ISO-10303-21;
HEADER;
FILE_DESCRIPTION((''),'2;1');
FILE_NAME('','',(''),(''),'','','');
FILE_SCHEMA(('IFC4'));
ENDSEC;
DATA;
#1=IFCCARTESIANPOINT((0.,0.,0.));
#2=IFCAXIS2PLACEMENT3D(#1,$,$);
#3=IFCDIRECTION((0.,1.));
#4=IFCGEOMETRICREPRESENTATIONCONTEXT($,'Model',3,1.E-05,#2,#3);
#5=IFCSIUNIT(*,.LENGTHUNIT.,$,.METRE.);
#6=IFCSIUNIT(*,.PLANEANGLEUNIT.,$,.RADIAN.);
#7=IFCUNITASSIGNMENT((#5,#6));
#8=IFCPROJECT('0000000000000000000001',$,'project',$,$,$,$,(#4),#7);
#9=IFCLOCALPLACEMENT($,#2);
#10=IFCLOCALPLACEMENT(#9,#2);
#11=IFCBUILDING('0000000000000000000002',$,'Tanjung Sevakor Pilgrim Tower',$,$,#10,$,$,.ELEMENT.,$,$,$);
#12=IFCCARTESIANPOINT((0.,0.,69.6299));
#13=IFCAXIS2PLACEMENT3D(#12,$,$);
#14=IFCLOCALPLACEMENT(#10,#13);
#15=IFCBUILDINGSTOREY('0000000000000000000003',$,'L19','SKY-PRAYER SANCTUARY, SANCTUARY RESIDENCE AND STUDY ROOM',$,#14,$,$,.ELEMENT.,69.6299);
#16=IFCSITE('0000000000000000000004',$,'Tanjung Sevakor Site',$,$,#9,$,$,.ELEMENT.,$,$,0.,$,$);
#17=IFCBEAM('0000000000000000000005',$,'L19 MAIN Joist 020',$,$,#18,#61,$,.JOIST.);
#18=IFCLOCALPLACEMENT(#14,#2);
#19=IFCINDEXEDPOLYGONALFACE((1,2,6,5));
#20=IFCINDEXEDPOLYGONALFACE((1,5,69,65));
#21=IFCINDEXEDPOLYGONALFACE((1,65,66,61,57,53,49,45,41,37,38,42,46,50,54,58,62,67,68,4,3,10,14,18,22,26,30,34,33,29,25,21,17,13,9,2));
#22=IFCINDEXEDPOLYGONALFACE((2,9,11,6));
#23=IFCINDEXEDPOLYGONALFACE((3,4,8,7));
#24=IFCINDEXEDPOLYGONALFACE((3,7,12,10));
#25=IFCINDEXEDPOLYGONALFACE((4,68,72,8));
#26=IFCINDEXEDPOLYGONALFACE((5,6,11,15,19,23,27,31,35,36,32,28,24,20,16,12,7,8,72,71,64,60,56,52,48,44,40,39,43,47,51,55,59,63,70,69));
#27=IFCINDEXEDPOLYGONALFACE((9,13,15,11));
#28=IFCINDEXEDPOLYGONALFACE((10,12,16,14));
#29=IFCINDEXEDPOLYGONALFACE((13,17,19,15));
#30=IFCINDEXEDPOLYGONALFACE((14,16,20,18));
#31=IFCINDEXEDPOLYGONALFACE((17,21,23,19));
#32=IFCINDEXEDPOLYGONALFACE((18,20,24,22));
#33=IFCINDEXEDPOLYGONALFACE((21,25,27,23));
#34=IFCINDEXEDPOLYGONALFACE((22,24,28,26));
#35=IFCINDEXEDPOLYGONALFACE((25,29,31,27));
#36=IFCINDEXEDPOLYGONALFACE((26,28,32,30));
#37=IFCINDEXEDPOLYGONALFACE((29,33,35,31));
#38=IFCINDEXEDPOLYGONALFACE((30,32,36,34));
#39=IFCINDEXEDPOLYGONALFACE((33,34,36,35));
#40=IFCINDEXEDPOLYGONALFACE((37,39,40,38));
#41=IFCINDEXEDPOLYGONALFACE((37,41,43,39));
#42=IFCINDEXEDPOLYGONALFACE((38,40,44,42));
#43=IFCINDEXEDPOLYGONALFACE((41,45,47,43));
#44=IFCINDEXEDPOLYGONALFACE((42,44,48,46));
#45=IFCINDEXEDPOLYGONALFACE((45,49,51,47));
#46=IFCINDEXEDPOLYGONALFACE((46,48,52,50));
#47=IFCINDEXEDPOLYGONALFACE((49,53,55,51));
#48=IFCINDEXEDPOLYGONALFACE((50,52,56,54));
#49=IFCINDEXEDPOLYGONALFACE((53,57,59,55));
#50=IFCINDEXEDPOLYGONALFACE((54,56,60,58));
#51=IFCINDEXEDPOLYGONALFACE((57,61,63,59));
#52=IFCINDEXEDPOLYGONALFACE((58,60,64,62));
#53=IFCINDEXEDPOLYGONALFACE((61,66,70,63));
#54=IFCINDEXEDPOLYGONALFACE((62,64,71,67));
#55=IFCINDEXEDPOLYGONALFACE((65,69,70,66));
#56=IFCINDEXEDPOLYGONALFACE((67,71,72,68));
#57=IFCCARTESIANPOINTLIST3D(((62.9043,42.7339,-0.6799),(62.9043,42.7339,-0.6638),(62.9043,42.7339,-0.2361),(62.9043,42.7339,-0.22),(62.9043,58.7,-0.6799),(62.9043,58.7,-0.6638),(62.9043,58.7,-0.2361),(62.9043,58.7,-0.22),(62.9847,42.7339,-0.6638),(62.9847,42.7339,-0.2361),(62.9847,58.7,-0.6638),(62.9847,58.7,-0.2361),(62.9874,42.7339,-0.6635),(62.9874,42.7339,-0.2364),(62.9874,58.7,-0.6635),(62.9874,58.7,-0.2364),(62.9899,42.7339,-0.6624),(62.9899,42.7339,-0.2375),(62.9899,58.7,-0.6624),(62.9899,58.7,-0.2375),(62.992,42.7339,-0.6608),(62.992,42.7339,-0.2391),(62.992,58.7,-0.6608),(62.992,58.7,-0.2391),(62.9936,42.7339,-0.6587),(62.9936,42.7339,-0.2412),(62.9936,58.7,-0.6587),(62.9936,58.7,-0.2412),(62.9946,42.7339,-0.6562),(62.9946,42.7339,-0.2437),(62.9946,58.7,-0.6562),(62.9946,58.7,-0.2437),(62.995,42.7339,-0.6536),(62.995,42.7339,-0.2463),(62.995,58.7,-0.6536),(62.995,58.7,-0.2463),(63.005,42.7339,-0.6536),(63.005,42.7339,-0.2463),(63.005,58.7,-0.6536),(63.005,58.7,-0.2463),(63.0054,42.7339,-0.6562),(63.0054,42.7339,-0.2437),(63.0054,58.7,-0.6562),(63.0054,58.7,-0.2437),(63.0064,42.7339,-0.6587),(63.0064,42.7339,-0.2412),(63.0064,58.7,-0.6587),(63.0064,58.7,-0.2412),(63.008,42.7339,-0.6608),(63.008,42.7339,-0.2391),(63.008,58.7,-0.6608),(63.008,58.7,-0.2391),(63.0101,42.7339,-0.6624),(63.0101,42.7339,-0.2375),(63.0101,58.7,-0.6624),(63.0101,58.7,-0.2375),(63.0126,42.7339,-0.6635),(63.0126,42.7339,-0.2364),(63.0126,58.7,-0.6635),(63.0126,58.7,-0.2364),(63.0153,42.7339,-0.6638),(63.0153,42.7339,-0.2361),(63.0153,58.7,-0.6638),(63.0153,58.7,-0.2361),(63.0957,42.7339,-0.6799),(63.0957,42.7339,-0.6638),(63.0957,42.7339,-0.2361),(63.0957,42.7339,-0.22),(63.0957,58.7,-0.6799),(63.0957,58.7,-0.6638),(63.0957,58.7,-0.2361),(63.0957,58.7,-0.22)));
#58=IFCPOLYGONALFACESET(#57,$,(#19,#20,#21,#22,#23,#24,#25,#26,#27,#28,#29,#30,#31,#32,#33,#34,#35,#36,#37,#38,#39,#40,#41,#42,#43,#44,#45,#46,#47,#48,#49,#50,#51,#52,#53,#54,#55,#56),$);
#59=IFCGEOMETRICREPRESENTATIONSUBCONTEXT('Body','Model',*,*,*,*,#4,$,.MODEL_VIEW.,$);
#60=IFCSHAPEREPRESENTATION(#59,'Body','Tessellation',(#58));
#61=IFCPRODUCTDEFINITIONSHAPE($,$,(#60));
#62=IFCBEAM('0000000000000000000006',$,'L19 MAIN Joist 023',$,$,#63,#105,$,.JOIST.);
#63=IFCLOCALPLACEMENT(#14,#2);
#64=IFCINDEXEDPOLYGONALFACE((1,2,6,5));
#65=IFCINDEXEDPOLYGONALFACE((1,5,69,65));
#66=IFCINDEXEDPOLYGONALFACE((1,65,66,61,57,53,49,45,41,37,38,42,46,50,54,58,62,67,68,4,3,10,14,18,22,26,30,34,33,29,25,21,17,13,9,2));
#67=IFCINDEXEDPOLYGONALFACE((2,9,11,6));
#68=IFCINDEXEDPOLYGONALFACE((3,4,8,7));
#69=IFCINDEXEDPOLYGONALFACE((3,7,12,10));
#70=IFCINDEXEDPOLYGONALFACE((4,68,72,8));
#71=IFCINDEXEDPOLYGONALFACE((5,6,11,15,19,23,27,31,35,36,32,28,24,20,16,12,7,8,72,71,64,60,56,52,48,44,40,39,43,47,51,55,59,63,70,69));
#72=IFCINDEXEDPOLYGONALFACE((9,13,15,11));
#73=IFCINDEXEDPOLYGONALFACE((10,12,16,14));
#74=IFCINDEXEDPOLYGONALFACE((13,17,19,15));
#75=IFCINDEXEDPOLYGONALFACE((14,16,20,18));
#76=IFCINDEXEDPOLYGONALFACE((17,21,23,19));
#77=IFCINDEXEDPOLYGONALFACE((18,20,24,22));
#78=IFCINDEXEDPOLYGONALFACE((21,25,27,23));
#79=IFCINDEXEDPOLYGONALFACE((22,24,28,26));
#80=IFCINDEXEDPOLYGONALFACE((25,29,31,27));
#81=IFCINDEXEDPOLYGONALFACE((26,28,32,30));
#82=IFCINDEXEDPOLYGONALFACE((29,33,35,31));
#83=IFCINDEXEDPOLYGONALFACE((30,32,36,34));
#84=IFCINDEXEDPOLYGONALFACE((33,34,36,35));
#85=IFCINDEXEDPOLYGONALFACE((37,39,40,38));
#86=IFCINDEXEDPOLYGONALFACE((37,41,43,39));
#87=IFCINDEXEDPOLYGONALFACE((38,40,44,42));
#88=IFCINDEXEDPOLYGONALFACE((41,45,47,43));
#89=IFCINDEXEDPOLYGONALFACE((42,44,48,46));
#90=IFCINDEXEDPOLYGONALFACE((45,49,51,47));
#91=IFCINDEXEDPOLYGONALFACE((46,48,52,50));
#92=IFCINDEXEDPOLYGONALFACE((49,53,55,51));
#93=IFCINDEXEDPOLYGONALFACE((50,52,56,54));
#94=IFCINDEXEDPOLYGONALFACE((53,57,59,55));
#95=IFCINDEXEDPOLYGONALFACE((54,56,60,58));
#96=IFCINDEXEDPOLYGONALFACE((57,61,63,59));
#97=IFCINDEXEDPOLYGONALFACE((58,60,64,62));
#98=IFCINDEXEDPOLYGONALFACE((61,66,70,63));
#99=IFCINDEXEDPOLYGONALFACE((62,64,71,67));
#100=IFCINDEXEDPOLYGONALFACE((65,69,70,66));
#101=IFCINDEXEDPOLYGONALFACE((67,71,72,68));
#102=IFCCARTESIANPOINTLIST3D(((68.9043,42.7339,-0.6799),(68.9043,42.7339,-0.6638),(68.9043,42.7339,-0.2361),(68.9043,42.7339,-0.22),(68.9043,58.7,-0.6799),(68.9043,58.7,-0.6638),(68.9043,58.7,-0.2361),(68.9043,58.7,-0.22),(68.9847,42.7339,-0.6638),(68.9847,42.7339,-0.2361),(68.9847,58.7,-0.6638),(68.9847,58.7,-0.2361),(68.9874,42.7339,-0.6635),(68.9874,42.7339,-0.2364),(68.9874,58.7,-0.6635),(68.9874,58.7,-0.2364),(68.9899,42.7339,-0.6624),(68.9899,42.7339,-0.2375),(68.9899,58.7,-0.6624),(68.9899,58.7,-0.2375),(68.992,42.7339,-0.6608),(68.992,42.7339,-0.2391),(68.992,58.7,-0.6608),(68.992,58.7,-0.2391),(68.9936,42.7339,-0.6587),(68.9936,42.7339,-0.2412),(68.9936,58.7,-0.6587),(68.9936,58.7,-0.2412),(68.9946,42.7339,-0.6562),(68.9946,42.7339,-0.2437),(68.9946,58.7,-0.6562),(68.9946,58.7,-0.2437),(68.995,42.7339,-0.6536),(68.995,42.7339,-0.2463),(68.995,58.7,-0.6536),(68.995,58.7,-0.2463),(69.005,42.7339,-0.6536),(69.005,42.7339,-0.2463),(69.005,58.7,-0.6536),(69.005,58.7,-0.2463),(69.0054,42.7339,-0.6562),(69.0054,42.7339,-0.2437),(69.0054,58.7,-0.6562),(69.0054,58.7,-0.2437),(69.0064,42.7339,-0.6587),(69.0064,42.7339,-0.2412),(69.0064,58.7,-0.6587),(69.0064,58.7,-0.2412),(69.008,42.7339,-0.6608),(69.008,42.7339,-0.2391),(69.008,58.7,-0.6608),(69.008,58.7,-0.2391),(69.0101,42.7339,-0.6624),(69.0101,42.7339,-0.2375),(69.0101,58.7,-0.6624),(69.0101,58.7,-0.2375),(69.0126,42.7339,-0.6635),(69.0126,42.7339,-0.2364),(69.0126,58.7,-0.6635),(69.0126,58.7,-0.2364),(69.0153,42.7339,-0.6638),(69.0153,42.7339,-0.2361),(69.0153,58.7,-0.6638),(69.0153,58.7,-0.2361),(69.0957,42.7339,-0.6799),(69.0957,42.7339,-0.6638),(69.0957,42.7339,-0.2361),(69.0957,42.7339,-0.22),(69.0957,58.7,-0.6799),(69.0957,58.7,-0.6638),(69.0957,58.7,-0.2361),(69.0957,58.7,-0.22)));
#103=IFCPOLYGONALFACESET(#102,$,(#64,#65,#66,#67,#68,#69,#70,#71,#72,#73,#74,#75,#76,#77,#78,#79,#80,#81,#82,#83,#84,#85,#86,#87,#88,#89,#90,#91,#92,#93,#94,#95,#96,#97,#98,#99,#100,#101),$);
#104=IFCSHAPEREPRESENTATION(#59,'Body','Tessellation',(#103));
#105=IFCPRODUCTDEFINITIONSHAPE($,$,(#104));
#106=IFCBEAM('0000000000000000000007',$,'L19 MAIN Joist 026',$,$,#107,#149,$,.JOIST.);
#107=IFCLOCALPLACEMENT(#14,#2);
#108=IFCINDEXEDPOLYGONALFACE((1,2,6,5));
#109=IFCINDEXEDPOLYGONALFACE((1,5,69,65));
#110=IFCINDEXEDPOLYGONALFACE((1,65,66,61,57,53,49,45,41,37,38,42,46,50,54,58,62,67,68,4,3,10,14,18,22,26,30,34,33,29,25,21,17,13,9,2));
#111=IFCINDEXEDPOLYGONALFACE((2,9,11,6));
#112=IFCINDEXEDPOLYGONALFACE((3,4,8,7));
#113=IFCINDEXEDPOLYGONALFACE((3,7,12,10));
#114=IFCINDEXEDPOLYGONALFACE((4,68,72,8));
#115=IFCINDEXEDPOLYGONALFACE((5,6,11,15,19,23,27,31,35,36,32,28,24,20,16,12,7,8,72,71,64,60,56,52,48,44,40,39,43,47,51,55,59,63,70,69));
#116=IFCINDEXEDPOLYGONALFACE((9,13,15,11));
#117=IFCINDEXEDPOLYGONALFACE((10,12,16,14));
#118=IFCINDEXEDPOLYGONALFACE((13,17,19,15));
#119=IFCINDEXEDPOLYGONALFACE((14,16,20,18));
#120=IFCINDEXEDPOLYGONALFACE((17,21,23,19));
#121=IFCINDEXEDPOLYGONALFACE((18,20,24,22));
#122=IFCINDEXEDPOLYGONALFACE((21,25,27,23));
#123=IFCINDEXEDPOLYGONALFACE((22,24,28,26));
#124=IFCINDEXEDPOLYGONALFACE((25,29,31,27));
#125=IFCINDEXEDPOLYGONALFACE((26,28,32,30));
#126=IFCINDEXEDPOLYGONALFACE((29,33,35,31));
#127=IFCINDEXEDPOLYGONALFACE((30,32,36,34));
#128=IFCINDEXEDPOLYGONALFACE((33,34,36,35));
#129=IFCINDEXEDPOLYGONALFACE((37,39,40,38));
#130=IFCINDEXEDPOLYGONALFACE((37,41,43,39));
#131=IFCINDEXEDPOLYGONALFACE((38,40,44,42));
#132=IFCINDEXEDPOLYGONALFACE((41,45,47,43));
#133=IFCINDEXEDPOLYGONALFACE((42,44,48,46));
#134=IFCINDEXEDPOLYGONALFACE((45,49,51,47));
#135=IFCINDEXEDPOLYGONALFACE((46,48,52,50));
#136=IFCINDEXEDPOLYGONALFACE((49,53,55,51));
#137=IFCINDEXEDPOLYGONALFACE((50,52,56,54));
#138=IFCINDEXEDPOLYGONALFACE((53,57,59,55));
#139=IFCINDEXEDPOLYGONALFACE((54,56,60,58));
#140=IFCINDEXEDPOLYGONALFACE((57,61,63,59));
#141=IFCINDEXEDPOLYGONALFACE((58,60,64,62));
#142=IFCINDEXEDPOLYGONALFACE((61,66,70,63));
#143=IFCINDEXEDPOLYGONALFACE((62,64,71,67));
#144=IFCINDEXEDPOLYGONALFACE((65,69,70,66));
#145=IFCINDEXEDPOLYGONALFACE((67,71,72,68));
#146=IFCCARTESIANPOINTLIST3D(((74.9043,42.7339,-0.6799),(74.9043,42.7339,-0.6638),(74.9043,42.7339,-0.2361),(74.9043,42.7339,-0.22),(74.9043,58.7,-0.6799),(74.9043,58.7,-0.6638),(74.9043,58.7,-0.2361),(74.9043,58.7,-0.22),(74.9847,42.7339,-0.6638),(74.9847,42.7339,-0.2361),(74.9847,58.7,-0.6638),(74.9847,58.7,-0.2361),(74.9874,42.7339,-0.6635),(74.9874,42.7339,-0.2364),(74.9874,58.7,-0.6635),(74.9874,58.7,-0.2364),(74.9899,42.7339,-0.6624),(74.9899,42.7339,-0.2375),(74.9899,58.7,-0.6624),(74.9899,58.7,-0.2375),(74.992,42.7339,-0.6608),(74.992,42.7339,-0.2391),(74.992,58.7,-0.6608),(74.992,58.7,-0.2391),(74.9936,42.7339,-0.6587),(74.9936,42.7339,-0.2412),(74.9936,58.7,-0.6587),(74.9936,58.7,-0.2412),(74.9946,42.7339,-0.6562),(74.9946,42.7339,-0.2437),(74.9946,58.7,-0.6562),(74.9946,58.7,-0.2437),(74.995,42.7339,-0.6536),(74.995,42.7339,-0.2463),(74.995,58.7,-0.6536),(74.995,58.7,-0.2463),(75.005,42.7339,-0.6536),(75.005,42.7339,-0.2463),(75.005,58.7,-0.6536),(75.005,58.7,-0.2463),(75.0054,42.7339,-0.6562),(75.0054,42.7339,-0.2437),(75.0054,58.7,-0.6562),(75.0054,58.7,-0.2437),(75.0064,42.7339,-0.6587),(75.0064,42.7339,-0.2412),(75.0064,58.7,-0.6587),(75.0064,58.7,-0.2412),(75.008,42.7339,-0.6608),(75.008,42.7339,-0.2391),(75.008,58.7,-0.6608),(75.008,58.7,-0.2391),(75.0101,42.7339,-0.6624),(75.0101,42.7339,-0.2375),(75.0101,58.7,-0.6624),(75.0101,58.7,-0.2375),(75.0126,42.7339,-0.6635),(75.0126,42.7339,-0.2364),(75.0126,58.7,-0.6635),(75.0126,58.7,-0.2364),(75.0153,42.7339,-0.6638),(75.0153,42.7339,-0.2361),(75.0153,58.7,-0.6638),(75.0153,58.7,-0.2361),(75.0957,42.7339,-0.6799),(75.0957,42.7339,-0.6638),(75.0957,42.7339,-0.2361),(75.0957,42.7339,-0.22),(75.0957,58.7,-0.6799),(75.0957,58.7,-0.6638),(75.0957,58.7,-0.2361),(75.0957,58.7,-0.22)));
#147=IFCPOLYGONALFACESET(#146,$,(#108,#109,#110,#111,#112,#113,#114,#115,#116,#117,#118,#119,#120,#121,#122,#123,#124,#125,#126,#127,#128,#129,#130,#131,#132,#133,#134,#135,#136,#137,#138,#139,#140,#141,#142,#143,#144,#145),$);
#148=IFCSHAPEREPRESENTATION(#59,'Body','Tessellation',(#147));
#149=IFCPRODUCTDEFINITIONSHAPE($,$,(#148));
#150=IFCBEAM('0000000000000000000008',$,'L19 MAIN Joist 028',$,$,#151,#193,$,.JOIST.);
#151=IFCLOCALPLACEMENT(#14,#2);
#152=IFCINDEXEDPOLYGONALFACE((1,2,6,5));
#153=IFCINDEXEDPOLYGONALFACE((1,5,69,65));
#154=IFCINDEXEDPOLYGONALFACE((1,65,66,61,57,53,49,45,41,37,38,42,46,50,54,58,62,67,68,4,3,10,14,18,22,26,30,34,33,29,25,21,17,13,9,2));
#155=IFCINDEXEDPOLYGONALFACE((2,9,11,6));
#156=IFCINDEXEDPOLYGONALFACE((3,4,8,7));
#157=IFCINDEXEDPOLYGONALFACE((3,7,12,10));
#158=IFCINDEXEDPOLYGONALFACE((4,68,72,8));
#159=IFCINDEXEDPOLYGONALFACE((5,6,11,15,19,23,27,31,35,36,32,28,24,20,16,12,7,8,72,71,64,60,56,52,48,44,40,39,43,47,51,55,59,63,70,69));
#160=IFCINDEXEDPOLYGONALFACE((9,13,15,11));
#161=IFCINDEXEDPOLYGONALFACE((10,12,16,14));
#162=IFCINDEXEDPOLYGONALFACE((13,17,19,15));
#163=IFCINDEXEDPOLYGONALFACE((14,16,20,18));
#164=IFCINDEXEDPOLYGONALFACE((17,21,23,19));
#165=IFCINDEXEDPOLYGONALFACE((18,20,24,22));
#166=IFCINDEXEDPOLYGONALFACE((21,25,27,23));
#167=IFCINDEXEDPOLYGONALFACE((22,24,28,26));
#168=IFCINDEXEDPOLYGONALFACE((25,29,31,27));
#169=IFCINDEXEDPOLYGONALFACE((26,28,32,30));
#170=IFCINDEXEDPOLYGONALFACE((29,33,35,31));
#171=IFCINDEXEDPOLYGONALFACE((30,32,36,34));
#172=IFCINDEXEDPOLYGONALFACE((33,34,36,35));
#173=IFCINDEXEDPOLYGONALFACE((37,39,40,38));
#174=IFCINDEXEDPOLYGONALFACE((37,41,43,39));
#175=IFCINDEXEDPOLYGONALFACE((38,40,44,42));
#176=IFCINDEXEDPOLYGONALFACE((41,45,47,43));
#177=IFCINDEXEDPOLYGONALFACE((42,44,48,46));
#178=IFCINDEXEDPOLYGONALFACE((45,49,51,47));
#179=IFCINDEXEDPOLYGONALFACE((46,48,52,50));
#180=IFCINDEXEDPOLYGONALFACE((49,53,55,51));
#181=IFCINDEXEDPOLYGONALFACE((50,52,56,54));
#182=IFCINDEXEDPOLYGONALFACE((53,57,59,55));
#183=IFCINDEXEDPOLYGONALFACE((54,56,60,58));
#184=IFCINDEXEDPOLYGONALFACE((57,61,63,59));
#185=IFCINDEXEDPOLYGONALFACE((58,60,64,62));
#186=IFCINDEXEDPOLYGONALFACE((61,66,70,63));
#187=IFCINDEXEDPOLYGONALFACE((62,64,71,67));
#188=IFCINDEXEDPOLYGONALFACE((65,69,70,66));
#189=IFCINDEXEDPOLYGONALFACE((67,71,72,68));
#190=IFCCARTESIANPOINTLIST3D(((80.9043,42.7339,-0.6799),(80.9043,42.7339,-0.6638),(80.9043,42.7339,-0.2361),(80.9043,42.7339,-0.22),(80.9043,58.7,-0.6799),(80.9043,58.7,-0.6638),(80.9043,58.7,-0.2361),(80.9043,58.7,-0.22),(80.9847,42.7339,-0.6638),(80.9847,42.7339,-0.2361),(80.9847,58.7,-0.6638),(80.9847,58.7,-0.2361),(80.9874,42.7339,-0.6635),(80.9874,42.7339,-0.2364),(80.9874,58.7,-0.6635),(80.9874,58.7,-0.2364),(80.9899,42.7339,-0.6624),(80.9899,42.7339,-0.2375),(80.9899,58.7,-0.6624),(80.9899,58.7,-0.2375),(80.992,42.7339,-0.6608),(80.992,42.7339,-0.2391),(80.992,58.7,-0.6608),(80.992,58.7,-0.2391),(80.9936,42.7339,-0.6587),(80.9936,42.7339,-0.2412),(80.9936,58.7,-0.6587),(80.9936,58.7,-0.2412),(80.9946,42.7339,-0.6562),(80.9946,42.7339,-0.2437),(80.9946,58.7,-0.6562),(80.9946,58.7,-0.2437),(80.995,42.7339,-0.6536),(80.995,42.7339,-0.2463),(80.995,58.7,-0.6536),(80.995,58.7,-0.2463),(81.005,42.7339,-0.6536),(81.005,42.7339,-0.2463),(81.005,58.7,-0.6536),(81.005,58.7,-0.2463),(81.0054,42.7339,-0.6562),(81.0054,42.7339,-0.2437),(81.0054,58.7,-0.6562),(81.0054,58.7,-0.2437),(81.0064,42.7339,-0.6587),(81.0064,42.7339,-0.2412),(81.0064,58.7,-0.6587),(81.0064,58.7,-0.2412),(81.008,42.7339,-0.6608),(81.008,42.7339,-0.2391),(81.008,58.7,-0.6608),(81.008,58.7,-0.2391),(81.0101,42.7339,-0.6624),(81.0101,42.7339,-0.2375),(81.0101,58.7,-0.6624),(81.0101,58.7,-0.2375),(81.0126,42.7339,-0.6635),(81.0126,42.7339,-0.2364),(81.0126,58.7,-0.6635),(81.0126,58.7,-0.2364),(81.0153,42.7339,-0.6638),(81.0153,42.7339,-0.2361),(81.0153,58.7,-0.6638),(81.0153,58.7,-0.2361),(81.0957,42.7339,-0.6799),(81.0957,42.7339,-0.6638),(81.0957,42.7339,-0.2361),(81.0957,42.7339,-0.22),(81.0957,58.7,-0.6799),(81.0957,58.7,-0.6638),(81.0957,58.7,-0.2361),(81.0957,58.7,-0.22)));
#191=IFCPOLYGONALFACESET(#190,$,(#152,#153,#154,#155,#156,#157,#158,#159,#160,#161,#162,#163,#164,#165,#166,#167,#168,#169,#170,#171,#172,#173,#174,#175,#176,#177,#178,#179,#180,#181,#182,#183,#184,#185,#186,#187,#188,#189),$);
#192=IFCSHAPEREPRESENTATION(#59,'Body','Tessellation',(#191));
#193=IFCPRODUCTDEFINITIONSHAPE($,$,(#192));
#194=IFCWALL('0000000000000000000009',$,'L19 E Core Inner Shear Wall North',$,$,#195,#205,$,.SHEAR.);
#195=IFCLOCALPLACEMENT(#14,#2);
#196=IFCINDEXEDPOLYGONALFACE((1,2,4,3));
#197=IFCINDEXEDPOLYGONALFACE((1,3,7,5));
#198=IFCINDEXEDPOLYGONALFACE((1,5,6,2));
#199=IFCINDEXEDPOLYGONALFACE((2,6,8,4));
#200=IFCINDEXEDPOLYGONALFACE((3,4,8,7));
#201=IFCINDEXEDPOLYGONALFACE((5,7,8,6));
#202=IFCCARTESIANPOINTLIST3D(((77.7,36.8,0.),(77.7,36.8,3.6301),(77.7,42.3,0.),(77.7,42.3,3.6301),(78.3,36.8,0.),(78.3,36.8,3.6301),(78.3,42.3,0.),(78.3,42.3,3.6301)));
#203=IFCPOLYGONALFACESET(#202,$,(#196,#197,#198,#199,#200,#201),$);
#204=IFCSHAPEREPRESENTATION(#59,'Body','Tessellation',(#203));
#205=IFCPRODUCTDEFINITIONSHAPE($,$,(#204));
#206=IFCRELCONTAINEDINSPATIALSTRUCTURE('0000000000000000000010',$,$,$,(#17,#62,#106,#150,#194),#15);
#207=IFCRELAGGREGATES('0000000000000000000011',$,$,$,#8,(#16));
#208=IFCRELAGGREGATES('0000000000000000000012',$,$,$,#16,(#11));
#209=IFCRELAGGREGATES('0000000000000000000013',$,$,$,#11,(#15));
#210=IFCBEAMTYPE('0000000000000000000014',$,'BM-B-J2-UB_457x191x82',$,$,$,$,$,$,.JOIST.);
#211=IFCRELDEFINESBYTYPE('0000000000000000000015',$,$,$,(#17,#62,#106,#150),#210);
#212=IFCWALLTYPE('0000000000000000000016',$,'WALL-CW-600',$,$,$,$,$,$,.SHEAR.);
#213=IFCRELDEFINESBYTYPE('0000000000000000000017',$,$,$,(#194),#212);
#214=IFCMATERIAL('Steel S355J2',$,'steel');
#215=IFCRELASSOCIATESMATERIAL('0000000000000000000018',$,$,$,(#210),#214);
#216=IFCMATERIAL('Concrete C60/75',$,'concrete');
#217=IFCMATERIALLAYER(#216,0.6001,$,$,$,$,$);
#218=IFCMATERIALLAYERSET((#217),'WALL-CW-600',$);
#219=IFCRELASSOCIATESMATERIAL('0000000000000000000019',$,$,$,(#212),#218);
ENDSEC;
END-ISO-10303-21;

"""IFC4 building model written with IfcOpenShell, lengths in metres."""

from ifc_helpers import new_model, si_unit, direction, frame, frame_2d, origin, origin_2d, place, context, subcontext, project, spatial, rectangle, i_section, extrude, material, layer, layer_set, material_profile, profile_set, type_object, element, save


model = new_model("IFC4")

# Units and contexts
model_context = context("Model", 3, precision=1e-05, world=origin(), true_north=direction((0.0, 1.0)))
body_context = subcontext(model_context, "Body", "Model", "MODEL_VIEW")
ifc_project = project(units=[si_unit("LENGTHUNIT", "METRE"), si_unit("PLANEANGLEUNIT", "RADIAN")], contexts=[model_context])

# Site, building, storey
site_placement = place(None, origin())
site = spatial("IfcSite", under=ifc_project, at=site_placement, Name="Tanjung Sevakor Site", CompositionType="ELEMENT", RefElevation=0.0)
building_placement = place(site_placement, origin())
building = spatial("IfcBuilding", under=site, at=building_placement, Name="Tanjung Sevakor Pilgrim Tower", CompositionType="ELEMENT")
storey_placement = place(building_placement, frame((0.0, 0.0, 69.6299)))
storey = spatial("IfcBuildingStorey", under=building, at=storey_placement, Name="L19", Description="SKY-PRAYER SANCTUARY, SANCTUARY RESIDENCE AND STUDY ROOM", CompositionType="ELEMENT", Elevation=69.6299)

# Beams
ifc_material_1 = material(Name="Steel S355J2", Category="steel")
ifc_material_profile_1 = material_profile(ifc_material_1, i_section(OverallWidth=0.1914, OverallDepth=0.46, WebThickness=0.01, FlangeThickness=0.0161, FilletRadius=0.0103, at=origin_2d()))
ifc_profile_set_1 = profile_set([ifc_material_profile_1], Name="Steel S355J2")
beam_type_1 = type_object("IfcBeamType", Name="BM-B-J2-UB_457x191x82", PredefinedType="JOIST", material=ifc_profile_set_1)
for number, where, z_axis, x_axis, name in (
    (1, (63.0, 42.7339, -0.45), (0.0, 1.0, 0.0), (-1.0, 0.0, 0.0), "L19 MAIN Joist 020"),
    (2, (69.0, 42.7339, -0.45), (0.0, 1.0, 0.0), (-1.0, 0.0, 0.0), "L19 MAIN Joist 023"),
    (3, (75.0, 42.7339, -0.45), (0.0, 1.0, 0.0), (-1.0, 0.0, 0.0), "L19 MAIN Joist 026"),
    (4, (81.0, 42.7339, -0.45), (0.0, 1.0, 0.0), (-1.0, 0.0, 0.0), "L19 MAIN Joist 028"),
):
    element("IfcBeam", number, at=place(storey_placement, frame(where, z_axis=z_axis, x_axis=x_axis)), inside=storey, type_object=beam_type_1, Name=name, PredefinedType="JOIST", context=body_context, shape_type="SweptSolid", body=[
        extrude(i_section(OverallWidth=0.1914, OverallDepth=0.46, WebThickness=0.01, FlangeThickness=0.0161, FilletRadius=0.0103, at=origin_2d()), origin(), (0.0, 0.0, 1.0), 15.9661),
    ])

# Wall
ifc_material_2 = material(Name="Concrete C60/75", Category="concrete")
ifc_layer_1 = layer(ifc_material_2, 0.6001)
ifc_layer_set_1 = layer_set([ifc_layer_1], Name="WALL-CW-600")
wall_type_1 = type_object("IfcWallType", Name="WALL-CW-600", PredefinedType="SHEAR", material=ifc_layer_set_1)
wall_1_placement = place(storey_placement, frame((78.0, 36.8, 0.0), z_axis=(0.0, 0.0, 1.0), x_axis=(0.0, 1.0, 0.0)))
element("IfcWall", 5, at=wall_1_placement, inside=storey, type_object=wall_type_1, Name="L19 E Core Inner Shear Wall North", PredefinedType="SHEAR", context=body_context, shape_type="SweptSolid", body=[
    extrude(rectangle(XDim=5.5, YDim=0.6001, at=frame_2d((2.75, 0.0))), origin(), (0.0, 0.0, 1.0), 3.6301),
])

save(model, "model.ifc")
